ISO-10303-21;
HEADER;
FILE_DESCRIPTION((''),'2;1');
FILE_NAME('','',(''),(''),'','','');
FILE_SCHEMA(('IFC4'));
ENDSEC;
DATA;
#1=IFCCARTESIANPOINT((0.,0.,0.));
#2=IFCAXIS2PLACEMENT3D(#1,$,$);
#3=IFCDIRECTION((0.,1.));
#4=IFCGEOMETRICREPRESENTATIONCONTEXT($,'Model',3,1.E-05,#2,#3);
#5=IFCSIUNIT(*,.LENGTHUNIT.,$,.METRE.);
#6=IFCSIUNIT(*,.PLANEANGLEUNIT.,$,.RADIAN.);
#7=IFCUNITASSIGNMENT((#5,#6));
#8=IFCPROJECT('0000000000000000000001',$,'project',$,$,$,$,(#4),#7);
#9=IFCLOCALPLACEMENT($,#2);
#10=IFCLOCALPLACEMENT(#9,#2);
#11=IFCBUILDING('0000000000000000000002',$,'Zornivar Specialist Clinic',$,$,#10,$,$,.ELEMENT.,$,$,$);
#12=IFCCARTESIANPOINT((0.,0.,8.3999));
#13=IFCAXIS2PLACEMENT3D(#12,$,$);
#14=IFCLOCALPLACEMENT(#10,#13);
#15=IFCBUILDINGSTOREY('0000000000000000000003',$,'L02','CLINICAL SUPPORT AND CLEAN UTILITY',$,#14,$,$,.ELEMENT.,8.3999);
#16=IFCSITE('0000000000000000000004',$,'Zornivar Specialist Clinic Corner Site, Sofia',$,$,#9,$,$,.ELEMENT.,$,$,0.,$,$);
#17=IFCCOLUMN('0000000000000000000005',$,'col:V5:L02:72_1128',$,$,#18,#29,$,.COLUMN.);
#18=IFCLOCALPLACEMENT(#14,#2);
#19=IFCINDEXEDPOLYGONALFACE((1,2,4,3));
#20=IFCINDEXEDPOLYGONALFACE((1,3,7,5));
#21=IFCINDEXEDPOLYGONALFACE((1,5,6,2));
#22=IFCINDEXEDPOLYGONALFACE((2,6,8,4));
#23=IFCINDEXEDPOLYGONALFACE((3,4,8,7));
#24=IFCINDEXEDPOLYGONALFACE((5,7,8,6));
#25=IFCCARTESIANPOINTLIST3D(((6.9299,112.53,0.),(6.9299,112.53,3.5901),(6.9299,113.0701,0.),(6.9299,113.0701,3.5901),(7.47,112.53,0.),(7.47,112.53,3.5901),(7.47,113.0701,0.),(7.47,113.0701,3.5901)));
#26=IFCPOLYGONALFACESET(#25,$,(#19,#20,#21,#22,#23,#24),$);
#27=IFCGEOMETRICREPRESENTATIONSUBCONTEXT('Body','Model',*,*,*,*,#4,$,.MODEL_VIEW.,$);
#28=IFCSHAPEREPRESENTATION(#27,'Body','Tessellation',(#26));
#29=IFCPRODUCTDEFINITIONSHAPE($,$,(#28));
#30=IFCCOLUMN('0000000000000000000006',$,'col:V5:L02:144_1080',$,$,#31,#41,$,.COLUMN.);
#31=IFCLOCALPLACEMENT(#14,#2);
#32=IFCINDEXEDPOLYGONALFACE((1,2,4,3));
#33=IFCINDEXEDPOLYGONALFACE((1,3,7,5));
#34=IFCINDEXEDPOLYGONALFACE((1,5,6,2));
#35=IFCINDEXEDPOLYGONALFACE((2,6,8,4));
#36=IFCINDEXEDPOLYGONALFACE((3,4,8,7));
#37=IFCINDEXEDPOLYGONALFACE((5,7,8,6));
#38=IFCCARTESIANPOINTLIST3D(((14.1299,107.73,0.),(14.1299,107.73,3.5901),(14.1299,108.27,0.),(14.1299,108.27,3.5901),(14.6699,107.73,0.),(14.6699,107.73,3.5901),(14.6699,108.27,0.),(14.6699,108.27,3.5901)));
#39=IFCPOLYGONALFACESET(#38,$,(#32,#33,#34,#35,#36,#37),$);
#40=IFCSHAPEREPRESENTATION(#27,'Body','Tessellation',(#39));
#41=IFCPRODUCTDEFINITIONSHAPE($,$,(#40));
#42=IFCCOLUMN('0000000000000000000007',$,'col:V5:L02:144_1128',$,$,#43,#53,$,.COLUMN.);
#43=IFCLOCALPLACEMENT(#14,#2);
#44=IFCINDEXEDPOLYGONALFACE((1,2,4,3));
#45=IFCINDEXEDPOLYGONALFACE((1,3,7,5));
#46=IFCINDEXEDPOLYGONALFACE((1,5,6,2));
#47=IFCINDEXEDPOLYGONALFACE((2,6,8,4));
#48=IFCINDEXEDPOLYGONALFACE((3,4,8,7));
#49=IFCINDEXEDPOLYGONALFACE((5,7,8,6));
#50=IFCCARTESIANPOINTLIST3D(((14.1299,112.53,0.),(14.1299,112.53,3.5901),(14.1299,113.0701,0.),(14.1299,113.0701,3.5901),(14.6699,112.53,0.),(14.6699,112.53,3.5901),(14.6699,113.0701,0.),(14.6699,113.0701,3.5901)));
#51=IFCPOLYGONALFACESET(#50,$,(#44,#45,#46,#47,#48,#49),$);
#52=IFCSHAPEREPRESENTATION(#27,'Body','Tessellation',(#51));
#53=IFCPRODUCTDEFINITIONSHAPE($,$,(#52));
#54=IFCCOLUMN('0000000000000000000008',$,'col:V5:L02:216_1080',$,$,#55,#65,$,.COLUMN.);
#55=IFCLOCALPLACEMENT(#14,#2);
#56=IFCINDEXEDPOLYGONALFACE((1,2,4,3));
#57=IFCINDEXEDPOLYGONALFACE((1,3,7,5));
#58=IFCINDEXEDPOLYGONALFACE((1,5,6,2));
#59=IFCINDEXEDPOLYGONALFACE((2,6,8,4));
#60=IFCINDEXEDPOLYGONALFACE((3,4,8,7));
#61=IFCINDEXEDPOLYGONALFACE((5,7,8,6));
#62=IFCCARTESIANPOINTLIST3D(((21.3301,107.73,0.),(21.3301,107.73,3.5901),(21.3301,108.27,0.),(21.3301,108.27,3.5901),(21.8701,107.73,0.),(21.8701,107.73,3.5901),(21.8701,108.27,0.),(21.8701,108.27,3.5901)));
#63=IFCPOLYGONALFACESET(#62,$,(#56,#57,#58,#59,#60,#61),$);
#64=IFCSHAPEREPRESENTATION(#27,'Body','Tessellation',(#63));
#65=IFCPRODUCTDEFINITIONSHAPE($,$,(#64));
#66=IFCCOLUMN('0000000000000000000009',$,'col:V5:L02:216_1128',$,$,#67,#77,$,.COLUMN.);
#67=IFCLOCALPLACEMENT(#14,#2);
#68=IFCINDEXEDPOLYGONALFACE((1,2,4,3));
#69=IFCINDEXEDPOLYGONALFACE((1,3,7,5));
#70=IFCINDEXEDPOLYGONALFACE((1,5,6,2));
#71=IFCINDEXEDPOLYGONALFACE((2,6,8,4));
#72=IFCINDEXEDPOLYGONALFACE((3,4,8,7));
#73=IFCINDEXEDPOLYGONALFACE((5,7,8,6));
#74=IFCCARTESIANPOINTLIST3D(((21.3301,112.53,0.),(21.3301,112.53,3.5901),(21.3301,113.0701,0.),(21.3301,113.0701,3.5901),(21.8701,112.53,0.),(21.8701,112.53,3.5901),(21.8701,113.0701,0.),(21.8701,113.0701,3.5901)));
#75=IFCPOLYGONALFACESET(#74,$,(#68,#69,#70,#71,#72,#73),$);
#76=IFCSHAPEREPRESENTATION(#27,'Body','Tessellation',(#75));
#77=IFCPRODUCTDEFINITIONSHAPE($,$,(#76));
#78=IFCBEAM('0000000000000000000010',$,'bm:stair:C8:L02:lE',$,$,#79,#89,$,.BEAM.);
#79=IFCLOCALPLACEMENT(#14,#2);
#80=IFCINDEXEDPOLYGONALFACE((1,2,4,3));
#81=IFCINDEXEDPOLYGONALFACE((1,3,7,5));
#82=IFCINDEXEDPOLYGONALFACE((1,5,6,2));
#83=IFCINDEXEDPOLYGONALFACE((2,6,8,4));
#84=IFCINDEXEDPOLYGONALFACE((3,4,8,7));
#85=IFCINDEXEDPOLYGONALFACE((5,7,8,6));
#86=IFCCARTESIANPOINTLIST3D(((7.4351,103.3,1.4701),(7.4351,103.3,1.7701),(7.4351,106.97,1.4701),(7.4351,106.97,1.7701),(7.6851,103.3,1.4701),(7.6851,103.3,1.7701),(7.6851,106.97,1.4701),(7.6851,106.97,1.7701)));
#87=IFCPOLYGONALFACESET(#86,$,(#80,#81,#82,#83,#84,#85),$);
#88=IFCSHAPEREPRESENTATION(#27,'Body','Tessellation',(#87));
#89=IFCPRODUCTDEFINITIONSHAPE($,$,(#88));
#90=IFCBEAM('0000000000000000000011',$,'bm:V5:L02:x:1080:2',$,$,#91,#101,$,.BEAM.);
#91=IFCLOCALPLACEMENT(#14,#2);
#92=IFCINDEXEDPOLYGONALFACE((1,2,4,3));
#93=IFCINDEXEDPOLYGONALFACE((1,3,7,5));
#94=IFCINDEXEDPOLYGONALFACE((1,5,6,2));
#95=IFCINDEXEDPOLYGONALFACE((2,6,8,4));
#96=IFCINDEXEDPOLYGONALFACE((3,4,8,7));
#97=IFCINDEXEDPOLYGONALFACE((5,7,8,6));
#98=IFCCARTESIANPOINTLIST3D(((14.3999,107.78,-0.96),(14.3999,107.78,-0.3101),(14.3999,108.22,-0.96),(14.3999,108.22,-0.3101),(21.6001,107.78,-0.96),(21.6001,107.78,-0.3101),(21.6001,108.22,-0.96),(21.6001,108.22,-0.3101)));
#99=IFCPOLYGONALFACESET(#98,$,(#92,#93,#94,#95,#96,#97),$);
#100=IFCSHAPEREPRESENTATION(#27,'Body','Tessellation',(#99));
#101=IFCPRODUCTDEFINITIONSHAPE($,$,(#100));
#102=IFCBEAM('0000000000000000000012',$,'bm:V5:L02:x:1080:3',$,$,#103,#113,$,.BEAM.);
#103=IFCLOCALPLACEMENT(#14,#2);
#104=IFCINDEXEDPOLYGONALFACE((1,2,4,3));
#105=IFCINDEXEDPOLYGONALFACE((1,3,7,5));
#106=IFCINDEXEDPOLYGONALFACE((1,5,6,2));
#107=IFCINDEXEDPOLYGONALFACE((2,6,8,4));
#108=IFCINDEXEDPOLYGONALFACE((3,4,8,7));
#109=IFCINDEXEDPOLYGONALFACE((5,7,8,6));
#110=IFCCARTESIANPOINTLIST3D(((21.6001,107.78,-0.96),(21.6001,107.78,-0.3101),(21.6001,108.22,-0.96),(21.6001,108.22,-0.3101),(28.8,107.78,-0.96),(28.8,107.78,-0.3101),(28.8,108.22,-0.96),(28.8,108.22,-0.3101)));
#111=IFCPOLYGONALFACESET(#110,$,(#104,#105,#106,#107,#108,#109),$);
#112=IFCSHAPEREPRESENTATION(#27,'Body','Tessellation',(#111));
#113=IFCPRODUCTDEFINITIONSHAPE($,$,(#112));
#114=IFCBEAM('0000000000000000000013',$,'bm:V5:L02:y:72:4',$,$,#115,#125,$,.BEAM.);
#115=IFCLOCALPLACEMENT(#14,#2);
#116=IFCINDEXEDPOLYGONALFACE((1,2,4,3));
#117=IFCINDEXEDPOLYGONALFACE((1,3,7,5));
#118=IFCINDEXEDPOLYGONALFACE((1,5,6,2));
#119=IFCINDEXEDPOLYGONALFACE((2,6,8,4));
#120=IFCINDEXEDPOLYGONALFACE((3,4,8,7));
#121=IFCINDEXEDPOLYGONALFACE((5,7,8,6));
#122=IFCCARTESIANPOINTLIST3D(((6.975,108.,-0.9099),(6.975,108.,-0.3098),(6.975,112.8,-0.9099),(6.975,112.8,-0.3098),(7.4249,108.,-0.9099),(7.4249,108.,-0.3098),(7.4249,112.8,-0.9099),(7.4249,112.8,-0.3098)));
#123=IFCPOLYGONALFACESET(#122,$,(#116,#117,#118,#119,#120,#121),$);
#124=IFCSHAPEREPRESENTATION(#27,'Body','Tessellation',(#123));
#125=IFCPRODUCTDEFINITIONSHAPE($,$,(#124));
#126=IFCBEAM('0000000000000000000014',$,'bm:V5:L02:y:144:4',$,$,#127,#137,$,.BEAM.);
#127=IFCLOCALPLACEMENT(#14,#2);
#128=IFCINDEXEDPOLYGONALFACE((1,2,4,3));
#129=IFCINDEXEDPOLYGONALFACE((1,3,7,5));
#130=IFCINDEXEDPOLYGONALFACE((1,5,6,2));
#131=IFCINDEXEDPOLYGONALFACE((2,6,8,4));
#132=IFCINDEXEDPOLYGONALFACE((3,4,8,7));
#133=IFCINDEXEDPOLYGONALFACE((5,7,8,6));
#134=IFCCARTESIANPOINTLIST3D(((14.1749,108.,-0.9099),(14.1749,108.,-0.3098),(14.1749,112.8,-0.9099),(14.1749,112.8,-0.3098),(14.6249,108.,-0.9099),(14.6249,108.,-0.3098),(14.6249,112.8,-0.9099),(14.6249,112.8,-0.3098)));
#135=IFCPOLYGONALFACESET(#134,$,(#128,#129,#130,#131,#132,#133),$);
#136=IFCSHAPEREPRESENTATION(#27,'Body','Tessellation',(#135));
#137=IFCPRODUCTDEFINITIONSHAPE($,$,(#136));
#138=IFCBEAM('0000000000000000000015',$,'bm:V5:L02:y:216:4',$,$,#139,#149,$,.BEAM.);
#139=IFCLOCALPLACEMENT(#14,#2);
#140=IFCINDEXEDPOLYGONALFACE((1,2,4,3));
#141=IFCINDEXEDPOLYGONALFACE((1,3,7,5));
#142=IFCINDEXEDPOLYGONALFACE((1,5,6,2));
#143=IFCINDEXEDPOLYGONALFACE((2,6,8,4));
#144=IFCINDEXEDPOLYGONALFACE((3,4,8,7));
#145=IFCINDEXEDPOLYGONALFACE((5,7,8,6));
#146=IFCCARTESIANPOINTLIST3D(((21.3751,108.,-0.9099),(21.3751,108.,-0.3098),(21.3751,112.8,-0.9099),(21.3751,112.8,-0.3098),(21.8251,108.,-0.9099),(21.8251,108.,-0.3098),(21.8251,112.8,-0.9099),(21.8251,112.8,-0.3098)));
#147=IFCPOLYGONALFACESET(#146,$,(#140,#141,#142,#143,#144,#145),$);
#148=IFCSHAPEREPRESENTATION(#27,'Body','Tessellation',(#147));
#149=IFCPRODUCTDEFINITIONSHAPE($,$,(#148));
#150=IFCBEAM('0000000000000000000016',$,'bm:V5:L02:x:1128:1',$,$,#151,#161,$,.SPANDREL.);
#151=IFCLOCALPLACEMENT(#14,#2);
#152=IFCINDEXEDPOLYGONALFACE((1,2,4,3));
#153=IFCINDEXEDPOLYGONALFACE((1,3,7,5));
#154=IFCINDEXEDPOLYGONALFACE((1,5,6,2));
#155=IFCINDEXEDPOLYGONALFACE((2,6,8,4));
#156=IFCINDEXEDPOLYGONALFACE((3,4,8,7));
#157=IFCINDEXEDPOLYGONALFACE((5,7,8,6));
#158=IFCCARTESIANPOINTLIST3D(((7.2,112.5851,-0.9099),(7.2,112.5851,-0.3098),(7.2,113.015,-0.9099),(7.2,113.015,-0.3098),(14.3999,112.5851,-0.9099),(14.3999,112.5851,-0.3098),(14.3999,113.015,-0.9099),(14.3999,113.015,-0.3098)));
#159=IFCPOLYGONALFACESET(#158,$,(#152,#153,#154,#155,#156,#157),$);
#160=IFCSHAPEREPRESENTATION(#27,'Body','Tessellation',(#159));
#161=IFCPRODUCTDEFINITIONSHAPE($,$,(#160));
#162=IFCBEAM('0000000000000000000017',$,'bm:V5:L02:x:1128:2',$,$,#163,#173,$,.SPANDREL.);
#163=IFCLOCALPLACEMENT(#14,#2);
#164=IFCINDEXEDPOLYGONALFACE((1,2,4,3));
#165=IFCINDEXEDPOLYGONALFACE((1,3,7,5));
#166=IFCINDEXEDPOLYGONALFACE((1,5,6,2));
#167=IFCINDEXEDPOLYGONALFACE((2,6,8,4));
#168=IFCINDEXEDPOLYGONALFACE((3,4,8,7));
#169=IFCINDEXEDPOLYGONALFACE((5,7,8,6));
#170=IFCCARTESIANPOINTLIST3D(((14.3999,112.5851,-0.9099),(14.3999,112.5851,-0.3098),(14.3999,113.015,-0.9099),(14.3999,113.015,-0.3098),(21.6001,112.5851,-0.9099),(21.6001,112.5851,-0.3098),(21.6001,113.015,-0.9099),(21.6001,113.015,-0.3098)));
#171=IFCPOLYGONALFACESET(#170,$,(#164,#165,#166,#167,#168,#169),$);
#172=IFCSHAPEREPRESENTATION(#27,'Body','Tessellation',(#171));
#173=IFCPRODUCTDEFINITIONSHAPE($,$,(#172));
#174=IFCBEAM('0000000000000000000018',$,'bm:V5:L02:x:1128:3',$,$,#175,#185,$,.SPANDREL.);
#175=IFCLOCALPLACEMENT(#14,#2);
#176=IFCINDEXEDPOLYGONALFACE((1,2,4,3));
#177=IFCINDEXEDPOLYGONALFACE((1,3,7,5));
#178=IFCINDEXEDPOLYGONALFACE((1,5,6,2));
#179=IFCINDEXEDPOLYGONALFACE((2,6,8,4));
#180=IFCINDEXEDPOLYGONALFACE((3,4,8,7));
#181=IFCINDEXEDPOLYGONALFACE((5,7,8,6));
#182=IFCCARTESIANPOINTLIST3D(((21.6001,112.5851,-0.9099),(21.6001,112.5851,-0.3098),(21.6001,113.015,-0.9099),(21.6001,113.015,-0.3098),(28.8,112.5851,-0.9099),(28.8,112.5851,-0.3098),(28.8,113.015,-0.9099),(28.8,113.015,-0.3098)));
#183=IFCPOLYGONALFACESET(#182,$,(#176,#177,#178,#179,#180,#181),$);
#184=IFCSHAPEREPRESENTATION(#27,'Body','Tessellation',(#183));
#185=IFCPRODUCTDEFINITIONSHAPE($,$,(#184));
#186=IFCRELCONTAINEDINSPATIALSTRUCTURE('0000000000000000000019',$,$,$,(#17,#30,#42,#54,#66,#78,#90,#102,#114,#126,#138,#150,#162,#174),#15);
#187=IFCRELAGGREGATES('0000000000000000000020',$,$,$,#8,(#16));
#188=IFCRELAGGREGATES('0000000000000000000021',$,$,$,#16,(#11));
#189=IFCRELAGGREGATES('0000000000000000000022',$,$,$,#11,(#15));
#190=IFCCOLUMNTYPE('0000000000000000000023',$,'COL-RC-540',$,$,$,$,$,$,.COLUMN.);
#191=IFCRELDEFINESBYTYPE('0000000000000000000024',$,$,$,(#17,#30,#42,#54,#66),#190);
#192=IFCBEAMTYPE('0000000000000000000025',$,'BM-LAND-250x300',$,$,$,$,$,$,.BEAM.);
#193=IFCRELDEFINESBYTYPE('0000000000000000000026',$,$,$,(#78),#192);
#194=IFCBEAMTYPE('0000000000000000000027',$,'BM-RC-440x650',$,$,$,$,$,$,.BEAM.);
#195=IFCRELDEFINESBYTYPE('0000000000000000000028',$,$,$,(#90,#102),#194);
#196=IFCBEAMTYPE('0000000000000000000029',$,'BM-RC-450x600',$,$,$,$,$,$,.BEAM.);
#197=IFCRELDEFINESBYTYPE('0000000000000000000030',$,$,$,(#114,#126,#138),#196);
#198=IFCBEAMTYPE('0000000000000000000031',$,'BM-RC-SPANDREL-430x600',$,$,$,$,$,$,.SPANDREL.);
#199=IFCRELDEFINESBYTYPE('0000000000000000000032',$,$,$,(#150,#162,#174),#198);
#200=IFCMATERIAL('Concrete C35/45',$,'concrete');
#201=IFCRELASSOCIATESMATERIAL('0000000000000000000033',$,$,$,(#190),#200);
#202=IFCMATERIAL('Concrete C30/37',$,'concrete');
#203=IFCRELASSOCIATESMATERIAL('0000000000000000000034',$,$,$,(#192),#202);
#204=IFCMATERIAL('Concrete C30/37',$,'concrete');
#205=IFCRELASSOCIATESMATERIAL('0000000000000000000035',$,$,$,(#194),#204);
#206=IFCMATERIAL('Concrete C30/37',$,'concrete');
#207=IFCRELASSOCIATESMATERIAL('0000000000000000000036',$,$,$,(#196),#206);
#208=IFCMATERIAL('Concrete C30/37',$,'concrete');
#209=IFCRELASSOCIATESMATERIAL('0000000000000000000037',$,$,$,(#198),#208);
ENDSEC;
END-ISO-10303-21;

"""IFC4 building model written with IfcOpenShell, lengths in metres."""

from ifc_helpers import new_model, si_unit, direction, frame, origin, origin_2d, place, context, subcontext, project, spatial, rectangle, extrude, material, material_profile, profile_set, type_object, element, save


model = new_model("IFC4")

# Units and contexts
model_context = context("Model", 3, precision=1e-05, world=origin(), true_north=direction((0.0, 1.0)))
body_context = subcontext(model_context, "Body", "Model", "MODEL_VIEW")
ifc_project = project(units=[si_unit("LENGTHUNIT", "METRE"), si_unit("PLANEANGLEUNIT", "RADIAN")], contexts=[model_context])

# Site, building, storey
site_placement = place(None, origin())
site = spatial("IfcSite", under=ifc_project, at=site_placement, Name="Zornivar Specialist Clinic Corner Site, Sofia", CompositionType="ELEMENT", RefElevation=0.0)
building_placement = place(site_placement, origin())
building = spatial("IfcBuilding", under=site, at=building_placement, Name="Zornivar Specialist Clinic", CompositionType="ELEMENT")
storey_placement = place(building_placement, frame((0.0, 0.0, 8.3999)))
storey = spatial("IfcBuildingStorey", under=building, at=storey_placement, Name="L02", Description="CLINICAL SUPPORT AND CLEAN UTILITY", CompositionType="ELEMENT", Elevation=8.3999)

# Columns
ifc_material_1 = material(Name="Concrete C35/45", Category="concrete")
ifc_material_profile_1 = material_profile(ifc_material_1, rectangle(XDim=0.54, YDim=0.54, at=origin_2d()), Name="RC 540x540")
ifc_profile_set_1 = profile_set([ifc_material_profile_1], Name="Concrete C35/45")
column_type = type_object("IfcColumnType", Name="COL-RC-540", PredefinedType="COLUMN", material=ifc_profile_set_1)
for number, where, z_axis, x_axis, name in (
    (1, (7.2, 112.8, 0.0), (0.0, 0.0, 1.0), (1.0, 0.0, 0.0), "col:V5:L02:72_1128"),
    (2, (14.3999, 108.0, 0.0), (0.0, 0.0, 1.0), (1.0, 0.0, 0.0), "col:V5:L02:144_1080"),
    (3, (14.3999, 112.8, 0.0), (0.0, 0.0, 1.0), (1.0, 0.0, 0.0), "col:V5:L02:144_1128"),
    (4, (21.6001, 108.0, 0.0), (0.0, 0.0, 1.0), (1.0, 0.0, 0.0), "col:V5:L02:216_1080"),
    (5, (21.6001, 112.8, 0.0), (0.0, 0.0, 1.0), (1.0, 0.0, 0.0), "col:V5:L02:216_1128"),
):
    element("IfcColumn", number, at=place(storey_placement, frame(where, z_axis=z_axis, x_axis=x_axis)), inside=storey, type_object=column_type, Name=name, PredefinedType="COLUMN", context=body_context, shape_type="SweptSolid", body=[
        extrude(rectangle(XDim=0.54, YDim=0.54, at=origin_2d()), origin(), (0.0, 0.0, 1.0), 3.5901),
    ])

# Beams
ifc_material_2 = material(Name="Concrete C30/37", Category="concrete")
ifc_material_profile_2 = material_profile(ifc_material_2, rectangle(XDim=0.25, YDim=0.3, at=origin_2d()), Name="RC 250x300")
ifc_profile_set_2 = profile_set([ifc_material_profile_2], Name="Concrete C30/37")
beam_type_1 = type_object("IfcBeamType", Name="BM-LAND-250x300", PredefinedType="BEAM", material=ifc_profile_set_2)
beam_1_placement = place(storey_placement, frame((7.5601, 103.3, 1.6201), z_axis=(0.0, 1.0, 0.0), x_axis=(-1.0, 0.0, 0.0)))
element("IfcBeam", 6, at=beam_1_placement, inside=storey, type_object=beam_type_1, Name="bm:stair:C8:L02:lE", PredefinedType="BEAM", context=body_context, shape_type="SweptSolid", body=[
    extrude(rectangle(XDim=0.25, YDim=0.3, at=origin_2d()), origin(), (0.0, 0.0, 1.0), 3.6699),
])
ifc_material_3 = material(Name="Concrete C30/37", Category="concrete")
ifc_material_profile_3 = material_profile(ifc_material_3, rectangle(XDim=0.4399, YDim=0.6499, at=origin_2d()), Name="RC 440x650")
ifc_profile_set_3 = profile_set([ifc_material_profile_3], Name="Concrete C30/37")
beam_type_2 = type_object("IfcBeamType", Name="BM-RC-440x650", PredefinedType="BEAM", material=ifc_profile_set_3)
beam_2_placement = place(storey_placement, frame((14.3999, 108.0, -0.635), z_axis=(1.0, 0.0, 0.0), x_axis=(0.0, 1.0, 0.0)))
element("IfcBeam", 7, at=beam_2_placement, inside=storey, type_object=beam_type_2, Name="bm:V5:L02:x:1080:2", PredefinedType="BEAM", context=body_context, shape_type="SweptSolid", body=[
    extrude(rectangle(XDim=0.4399, YDim=0.6499, at=origin_2d()), origin(), (0.0, 0.0, 1.0), 7.2002),
])
beam_3_placement = place(storey_placement, frame((21.6001, 108.0, -0.635), z_axis=(1.0, 0.0, 0.0), x_axis=(0.0, 1.0, 0.0)))
element("IfcBeam", 8, at=beam_3_placement, inside=storey, type_object=beam_type_2, Name="bm:V5:L02:x:1080:3", PredefinedType="BEAM", context=body_context, shape_type="SweptSolid", body=[
    extrude(rectangle(XDim=0.4399, YDim=0.6499, at=origin_2d()), origin(), (0.0, 0.0, 1.0), 7.2),
])
ifc_material_4 = material(Name="Concrete C30/37", Category="concrete")
ifc_material_profile_4 = material_profile(ifc_material_4, rectangle(XDim=0.45, YDim=0.6001, at=origin_2d()), Name="RC 450x600")
ifc_profile_set_4 = profile_set([ifc_material_profile_4], Name="Concrete C30/37")
beam_type_3 = type_object("IfcBeamType", Name="BM-RC-450x600", PredefinedType="BEAM", material=ifc_profile_set_4)
for number, where, z_axis, x_axis, name in (
    (9, (7.2, 108.0, -0.6099), (0.0, 1.0, 0.0), (-1.0, 0.0, 0.0), "bm:V5:L02:y:72:4"),
    (10, (14.3999, 108.0, -0.6099), (0.0, 1.0, 0.0), (-1.0, 0.0, 0.0), "bm:V5:L02:y:144:4"),
    (11, (21.6001, 108.0, -0.6099), (0.0, 1.0, 0.0), (-1.0, 0.0, 0.0), "bm:V5:L02:y:216:4"),
):
    element("IfcBeam", number, at=place(storey_placement, frame(where, z_axis=z_axis, x_axis=x_axis)), inside=storey, type_object=beam_type_3, Name=name, PredefinedType="BEAM", context=body_context, shape_type="SweptSolid", body=[
        extrude(rectangle(XDim=0.45, YDim=0.6001, at=origin_2d()), origin(), (0.0, 0.0, 1.0), 4.8),
    ])
ifc_material_5 = material(Name="Concrete C30/37", Category="concrete")
ifc_material_profile_5 = material_profile(ifc_material_5, rectangle(XDim=0.4299, YDim=0.6001, at=origin_2d()), Name="RC 430x600")
ifc_profile_set_5 = profile_set([ifc_material_profile_5], Name="Concrete C30/37")
beam_type_4 = type_object("IfcBeamType", Name="BM-RC-SPANDREL-430x600", PredefinedType="SPANDREL", material=ifc_profile_set_5)
beam_4_placement = place(storey_placement, frame((7.2, 112.8, -0.6099), z_axis=(1.0, 0.0, 0.0), x_axis=(0.0, 1.0, 0.0)))
element("IfcBeam", 12, at=beam_4_placement, inside=storey, type_object=beam_type_4, Name="bm:V5:L02:x:1128:1", PredefinedType="SPANDREL", context=body_context, shape_type="SweptSolid", body=[
    extrude(rectangle(XDim=0.4299, YDim=0.6001, at=origin_2d()), origin(), (0.0, 0.0, 1.0), 7.2),
])
beam_5_placement = place(storey_placement, frame((14.3999, 112.8, -0.6099), z_axis=(1.0, 0.0, 0.0), x_axis=(0.0, 1.0, 0.0)))
element("IfcBeam", 13, at=beam_5_placement, inside=storey, type_object=beam_type_4, Name="bm:V5:L02:x:1128:2", PredefinedType="SPANDREL", context=body_context, shape_type="SweptSolid", body=[
    extrude(rectangle(XDim=0.4299, YDim=0.6001, at=origin_2d()), origin(), (0.0, 0.0, 1.0), 7.2002),
])
beam_6_placement = place(storey_placement, frame((21.6001, 112.8, -0.6099), z_axis=(1.0, 0.0, 0.0), x_axis=(0.0, 1.0, 0.0)))
element("IfcBeam", 14, at=beam_6_placement, inside=storey, type_object=beam_type_4, Name="bm:V5:L02:x:1128:3", PredefinedType="SPANDREL", context=body_context, shape_type="SweptSolid", body=[
    extrude(rectangle(XDim=0.4299, YDim=0.6001, at=origin_2d()), origin(), (0.0, 0.0, 1.0), 7.2),
])

save(model, "model.ifc")
